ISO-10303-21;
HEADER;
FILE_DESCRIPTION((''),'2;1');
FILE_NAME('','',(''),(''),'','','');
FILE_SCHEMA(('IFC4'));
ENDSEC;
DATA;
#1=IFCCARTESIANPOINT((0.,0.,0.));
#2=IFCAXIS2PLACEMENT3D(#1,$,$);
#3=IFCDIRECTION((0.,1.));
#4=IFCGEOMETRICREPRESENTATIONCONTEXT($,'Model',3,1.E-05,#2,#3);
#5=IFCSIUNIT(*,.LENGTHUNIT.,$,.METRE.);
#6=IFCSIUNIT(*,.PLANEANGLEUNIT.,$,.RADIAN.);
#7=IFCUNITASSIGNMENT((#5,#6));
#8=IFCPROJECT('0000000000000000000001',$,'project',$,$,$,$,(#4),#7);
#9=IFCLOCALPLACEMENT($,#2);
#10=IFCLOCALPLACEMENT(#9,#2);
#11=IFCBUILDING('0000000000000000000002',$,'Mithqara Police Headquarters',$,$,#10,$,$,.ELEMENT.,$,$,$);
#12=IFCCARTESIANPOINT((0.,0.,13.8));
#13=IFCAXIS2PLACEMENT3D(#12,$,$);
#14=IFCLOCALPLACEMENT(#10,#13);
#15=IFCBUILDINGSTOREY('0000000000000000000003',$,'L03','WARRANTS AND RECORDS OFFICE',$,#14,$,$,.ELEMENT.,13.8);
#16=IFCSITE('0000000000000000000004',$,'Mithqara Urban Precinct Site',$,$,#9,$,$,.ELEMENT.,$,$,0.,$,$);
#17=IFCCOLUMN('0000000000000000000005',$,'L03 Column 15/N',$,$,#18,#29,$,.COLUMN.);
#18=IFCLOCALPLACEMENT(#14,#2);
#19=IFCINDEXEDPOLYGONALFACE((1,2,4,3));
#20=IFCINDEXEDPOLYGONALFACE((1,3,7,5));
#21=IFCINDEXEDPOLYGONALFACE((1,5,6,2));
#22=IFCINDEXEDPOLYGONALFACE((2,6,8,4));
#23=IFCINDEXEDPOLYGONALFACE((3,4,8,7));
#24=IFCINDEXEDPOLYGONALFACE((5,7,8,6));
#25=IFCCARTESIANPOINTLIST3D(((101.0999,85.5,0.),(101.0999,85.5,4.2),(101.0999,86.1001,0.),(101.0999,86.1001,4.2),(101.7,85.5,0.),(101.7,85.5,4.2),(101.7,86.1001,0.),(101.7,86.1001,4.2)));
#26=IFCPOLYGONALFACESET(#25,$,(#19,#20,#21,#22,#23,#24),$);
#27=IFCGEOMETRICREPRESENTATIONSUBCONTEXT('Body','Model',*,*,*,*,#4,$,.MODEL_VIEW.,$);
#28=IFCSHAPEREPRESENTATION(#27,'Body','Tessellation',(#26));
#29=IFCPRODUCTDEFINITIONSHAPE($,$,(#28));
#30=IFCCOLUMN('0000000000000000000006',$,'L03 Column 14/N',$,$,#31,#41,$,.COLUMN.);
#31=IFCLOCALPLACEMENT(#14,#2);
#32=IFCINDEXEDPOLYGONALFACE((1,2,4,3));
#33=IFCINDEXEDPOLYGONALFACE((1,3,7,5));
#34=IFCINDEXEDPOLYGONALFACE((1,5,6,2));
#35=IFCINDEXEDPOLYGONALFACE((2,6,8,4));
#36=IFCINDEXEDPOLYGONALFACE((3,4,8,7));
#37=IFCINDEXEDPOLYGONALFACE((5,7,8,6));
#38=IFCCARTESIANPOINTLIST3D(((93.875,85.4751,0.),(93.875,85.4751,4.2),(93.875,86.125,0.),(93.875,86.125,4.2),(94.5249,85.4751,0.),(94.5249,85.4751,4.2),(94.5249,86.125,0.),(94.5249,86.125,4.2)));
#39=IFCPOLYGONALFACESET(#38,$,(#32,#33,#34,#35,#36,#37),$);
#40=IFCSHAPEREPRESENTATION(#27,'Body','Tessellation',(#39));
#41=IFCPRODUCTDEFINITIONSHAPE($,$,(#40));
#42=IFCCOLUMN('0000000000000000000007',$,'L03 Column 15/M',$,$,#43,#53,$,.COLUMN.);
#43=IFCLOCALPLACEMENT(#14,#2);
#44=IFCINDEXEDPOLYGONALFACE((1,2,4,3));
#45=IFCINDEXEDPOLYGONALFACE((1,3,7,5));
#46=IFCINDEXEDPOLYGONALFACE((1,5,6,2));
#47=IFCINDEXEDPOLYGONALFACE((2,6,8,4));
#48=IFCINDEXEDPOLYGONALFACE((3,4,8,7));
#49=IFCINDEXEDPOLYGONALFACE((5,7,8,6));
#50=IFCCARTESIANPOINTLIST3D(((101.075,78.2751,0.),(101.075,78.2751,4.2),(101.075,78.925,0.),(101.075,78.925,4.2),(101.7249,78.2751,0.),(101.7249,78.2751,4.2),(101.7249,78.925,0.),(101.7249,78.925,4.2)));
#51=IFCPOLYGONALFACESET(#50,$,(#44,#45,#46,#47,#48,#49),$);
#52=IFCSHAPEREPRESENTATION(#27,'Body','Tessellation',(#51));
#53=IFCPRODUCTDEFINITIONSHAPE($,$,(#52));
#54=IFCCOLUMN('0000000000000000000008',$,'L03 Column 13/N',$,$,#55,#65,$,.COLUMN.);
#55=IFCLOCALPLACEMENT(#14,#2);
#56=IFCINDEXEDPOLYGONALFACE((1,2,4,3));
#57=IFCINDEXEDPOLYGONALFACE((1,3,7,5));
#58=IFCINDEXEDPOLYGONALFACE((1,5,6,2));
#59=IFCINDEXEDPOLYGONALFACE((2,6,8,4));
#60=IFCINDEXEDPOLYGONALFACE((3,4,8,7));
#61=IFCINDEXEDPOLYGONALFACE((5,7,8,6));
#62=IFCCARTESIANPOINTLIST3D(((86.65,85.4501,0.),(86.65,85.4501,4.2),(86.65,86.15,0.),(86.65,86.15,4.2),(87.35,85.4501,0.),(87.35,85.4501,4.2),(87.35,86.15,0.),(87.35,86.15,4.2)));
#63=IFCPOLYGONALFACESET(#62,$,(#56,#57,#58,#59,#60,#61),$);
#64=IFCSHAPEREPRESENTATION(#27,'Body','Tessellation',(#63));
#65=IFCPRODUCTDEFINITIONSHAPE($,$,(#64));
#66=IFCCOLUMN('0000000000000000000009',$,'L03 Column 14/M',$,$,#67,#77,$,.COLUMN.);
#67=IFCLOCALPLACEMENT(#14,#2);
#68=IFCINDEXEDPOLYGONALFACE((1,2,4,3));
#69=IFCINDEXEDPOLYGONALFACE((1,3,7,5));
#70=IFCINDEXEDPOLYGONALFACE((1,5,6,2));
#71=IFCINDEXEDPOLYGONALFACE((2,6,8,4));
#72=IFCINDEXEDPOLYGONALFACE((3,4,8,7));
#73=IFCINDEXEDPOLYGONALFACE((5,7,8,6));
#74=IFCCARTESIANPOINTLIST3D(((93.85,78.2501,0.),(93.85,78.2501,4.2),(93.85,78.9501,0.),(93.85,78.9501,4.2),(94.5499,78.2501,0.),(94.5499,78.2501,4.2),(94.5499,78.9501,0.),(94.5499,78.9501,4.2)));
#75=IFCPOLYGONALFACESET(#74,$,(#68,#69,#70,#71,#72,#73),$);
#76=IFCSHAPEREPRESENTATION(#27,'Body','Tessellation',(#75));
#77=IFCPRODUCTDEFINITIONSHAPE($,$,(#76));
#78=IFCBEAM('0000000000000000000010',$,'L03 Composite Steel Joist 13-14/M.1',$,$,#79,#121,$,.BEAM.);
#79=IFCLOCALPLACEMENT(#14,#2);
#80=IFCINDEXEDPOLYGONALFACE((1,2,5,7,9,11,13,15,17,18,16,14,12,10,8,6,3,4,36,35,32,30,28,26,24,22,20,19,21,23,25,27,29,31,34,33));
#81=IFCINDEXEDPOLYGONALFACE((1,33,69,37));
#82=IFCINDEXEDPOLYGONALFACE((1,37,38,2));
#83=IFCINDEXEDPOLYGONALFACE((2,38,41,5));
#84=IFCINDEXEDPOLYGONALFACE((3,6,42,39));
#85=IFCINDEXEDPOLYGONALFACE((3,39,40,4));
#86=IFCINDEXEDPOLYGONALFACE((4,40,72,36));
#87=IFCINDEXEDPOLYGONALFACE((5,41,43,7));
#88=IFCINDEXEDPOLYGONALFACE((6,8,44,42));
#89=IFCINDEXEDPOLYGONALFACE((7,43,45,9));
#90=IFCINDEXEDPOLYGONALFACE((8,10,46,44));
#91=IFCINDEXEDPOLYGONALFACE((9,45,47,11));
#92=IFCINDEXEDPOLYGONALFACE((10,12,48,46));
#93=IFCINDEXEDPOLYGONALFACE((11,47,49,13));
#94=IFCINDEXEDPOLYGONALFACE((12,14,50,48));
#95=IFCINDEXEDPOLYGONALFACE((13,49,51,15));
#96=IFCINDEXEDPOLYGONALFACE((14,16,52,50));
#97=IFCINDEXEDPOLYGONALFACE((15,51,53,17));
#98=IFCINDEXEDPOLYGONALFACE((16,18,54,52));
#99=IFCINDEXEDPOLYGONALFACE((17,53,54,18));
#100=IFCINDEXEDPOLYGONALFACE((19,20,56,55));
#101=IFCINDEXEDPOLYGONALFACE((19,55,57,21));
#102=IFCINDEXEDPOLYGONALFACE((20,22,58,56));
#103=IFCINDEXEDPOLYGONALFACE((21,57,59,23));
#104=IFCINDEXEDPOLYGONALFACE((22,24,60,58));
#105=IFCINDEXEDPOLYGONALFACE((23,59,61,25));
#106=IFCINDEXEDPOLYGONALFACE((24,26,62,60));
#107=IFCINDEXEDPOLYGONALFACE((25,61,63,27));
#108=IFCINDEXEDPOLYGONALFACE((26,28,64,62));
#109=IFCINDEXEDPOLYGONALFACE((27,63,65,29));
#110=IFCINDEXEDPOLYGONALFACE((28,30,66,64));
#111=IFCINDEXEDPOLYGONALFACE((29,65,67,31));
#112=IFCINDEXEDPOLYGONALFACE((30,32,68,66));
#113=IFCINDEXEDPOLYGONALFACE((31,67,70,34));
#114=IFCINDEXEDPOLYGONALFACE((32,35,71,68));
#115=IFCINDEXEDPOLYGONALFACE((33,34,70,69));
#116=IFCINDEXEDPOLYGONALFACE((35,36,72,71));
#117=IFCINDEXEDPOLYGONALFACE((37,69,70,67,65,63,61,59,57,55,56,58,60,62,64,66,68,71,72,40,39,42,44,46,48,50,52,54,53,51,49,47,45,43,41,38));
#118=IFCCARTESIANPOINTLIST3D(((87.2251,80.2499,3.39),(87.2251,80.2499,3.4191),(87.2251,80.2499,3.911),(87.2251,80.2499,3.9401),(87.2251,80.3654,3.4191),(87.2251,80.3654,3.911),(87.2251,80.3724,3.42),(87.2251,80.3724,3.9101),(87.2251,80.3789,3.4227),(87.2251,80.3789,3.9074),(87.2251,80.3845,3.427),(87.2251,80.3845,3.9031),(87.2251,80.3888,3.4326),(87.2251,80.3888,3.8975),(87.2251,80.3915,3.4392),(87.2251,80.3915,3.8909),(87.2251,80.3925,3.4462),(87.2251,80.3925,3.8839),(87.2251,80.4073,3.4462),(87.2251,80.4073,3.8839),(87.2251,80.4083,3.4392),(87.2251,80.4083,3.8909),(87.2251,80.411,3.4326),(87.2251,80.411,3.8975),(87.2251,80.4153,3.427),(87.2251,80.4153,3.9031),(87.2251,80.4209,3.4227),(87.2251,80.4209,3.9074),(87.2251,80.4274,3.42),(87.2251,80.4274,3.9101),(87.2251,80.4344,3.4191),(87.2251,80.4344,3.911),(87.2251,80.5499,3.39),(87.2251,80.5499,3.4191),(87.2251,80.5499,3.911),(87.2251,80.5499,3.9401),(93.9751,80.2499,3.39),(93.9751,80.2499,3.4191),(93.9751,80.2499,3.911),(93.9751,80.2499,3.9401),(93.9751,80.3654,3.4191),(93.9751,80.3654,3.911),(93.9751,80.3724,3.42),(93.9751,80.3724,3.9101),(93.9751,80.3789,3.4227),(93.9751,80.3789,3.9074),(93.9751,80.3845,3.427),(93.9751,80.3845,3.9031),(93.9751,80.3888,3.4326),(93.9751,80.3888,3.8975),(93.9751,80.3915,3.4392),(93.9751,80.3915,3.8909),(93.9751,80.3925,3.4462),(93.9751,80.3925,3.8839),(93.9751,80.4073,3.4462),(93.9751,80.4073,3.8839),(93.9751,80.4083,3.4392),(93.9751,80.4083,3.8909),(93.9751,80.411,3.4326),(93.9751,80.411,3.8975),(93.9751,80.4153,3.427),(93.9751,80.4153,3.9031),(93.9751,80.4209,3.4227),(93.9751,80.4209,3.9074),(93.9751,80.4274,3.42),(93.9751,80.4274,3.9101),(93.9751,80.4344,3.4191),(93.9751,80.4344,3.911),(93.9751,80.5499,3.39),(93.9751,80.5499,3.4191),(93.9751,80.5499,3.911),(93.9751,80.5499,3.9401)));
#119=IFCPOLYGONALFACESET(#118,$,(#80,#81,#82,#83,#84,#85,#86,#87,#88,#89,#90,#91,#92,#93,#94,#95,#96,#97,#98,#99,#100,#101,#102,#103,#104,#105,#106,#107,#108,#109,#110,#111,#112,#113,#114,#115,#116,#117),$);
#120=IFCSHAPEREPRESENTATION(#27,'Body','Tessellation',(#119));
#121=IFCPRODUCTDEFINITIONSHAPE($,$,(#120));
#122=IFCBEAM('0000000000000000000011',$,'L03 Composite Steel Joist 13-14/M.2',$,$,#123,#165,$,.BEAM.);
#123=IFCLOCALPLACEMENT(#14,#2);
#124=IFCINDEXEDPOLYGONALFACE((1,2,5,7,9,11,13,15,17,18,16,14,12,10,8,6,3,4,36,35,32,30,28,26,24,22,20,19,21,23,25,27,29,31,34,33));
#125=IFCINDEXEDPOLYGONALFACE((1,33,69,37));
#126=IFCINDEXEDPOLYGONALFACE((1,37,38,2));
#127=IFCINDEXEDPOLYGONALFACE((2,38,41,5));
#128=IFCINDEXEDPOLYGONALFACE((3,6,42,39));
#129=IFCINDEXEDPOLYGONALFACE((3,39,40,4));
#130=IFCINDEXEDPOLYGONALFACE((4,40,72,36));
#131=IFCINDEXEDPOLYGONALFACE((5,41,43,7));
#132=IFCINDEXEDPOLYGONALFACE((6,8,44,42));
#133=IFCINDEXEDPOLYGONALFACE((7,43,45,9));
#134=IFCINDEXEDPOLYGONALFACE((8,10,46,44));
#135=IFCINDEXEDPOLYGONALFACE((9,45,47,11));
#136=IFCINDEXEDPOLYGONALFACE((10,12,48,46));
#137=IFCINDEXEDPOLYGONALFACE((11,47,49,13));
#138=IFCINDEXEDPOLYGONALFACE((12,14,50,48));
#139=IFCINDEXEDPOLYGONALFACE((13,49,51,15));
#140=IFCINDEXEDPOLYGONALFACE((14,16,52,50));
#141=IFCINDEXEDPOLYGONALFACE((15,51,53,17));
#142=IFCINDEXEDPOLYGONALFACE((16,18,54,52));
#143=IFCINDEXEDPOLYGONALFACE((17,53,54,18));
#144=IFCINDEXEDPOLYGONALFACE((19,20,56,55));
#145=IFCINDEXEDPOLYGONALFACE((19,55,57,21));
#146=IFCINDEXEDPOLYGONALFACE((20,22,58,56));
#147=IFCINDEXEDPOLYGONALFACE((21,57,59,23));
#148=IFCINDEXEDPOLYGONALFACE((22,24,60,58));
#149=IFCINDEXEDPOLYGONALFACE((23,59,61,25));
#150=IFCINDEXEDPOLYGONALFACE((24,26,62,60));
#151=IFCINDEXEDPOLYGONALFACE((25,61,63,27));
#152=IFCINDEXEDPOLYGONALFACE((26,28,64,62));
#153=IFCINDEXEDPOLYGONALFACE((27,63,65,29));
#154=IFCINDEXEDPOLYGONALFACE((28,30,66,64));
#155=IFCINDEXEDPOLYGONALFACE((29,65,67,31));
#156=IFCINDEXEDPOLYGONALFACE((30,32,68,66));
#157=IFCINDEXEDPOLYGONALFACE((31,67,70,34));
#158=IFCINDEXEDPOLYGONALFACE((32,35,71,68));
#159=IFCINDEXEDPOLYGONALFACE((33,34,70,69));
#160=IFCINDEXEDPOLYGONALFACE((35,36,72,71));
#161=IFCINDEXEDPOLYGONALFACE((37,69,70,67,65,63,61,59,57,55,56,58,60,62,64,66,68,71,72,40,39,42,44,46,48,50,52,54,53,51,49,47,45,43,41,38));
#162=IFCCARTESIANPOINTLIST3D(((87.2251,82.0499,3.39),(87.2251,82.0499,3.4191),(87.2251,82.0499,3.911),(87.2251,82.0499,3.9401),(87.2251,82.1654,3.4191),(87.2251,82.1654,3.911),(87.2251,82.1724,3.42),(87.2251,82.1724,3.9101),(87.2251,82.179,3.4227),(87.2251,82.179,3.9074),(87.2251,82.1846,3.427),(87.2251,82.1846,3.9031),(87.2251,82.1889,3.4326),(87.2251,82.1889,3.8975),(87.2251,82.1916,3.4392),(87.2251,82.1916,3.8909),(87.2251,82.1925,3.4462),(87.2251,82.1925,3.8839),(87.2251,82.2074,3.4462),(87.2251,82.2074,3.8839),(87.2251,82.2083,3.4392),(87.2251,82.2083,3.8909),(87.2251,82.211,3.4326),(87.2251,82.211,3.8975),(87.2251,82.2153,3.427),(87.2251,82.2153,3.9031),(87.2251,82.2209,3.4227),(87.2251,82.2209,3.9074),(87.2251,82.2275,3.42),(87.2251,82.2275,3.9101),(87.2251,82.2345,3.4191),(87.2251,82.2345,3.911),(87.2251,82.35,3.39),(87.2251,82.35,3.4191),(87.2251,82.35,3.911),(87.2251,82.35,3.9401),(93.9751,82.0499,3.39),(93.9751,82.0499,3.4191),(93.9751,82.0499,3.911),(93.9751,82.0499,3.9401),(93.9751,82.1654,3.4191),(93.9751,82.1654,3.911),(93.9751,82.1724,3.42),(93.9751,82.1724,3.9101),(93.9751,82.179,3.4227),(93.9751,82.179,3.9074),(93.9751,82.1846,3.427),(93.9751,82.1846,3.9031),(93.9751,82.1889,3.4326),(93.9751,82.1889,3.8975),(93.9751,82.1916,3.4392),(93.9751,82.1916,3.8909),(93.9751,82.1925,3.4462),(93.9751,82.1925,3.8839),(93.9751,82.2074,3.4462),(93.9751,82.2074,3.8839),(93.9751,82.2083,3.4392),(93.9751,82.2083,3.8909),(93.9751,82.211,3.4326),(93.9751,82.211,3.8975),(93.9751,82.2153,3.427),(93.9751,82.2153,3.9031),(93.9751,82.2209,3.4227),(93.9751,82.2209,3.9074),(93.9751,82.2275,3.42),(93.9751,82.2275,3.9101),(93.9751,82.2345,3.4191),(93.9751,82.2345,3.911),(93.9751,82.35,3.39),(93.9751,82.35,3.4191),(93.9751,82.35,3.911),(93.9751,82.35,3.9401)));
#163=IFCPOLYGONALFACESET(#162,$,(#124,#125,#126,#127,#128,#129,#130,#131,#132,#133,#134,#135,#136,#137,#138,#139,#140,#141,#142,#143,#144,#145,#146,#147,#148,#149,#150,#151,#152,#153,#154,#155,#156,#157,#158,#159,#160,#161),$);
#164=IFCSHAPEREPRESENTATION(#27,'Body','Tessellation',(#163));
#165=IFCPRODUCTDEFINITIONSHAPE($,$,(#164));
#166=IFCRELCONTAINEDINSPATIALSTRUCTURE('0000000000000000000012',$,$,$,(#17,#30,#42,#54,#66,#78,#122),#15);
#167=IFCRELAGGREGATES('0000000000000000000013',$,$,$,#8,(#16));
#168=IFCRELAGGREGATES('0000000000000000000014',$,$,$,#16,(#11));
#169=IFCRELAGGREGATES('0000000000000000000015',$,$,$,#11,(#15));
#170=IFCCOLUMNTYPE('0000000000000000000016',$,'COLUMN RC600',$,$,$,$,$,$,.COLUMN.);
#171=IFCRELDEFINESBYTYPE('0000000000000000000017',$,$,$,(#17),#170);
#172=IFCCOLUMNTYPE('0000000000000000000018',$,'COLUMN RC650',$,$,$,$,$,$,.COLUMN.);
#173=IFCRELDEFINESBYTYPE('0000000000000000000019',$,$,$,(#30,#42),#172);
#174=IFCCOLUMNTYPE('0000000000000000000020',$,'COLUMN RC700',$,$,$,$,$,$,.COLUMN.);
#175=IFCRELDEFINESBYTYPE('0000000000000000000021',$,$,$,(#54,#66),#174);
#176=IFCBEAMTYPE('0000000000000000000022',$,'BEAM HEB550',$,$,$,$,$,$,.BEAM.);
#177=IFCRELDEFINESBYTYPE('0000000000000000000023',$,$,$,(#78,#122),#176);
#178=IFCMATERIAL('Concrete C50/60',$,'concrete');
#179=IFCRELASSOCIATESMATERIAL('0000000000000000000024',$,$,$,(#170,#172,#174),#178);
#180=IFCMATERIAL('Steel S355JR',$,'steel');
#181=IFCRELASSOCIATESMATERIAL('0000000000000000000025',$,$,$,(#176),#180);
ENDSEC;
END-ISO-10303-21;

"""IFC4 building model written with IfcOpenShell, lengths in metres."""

from ifc_helpers import new_model, si_unit, direction, frame, origin, origin_2d, place, context, subcontext, project, spatial, rectangle, i_section, extrude, material, material_profile, profile_set, type_object, element, save


model = new_model("IFC4")

# Units and contexts
model_context = context("Model", 3, precision=1e-05, world=origin(), true_north=direction((0.0, 1.0)))
body_context = subcontext(model_context, "Body", "Model", "MODEL_VIEW")
ifc_project = project(units=[si_unit("LENGTHUNIT", "METRE"), si_unit("PLANEANGLEUNIT", "RADIAN")], contexts=[model_context])

# Site, building, storey
site_placement = place(None, origin())
site = spatial("IfcSite", under=ifc_project, at=site_placement, Name="Mithqara Urban Precinct Site", CompositionType="ELEMENT", RefElevation=0.0)
building_placement = place(site_placement, origin())
building = spatial("IfcBuilding", under=site, at=building_placement, Name="Mithqara Police Headquarters", CompositionType="ELEMENT")
storey_placement = place(building_placement, frame((0.0, 0.0, 13.8)))
storey = spatial("IfcBuildingStorey", under=building, at=storey_placement, Name="L03", Description="WARRANTS AND RECORDS OFFICE", CompositionType="ELEMENT", Elevation=13.8)

# Columns
ifc_material_1 = material(Name="Concrete C50/60", Category="concrete")
ifc_material_profile_1 = material_profile(ifc_material_1, rectangle(XDim=0.6001, YDim=0.6001, at=origin_2d()), Name="RC 600x600")
ifc_profile_set_1 = profile_set([ifc_material_profile_1], Name="Concrete C50/60")
column_type_1 = type_object("IfcColumnType", Name="COLUMN RC600", PredefinedType="COLUMN", material=ifc_profile_set_1)
column_placement = place(storey_placement, frame((101.3999, 85.8, 0.0), z_axis=(0.0, 0.0, 1.0), x_axis=(1.0, 0.0, 0.0)))
element("IfcColumn", 1, at=column_placement, inside=storey, type_object=column_type_1, Name="L03 Column 15/N", PredefinedType="COLUMN", context=body_context, shape_type="SweptSolid", body=[
    extrude(rectangle(XDim=0.6001, YDim=0.6001, at=origin_2d()), origin(), (0.0, 0.0, 1.0), 4.2),
])
ifc_material_profile_2 = material_profile(ifc_material_1, rectangle(XDim=0.6499, YDim=0.6499, at=origin_2d()), Name="RC 650x650")
ifc_profile_set_2 = profile_set([ifc_material_profile_2], Name="Concrete C50/60")
column_type_2 = type_object("IfcColumnType", Name="COLUMN RC650", PredefinedType="COLUMN", material=ifc_profile_set_2)
for number, where, z_axis, x_axis, name in (
    (2, (94.2, 85.8, 0.0), (0.0, 0.0, 1.0), (1.0, 0.0, 0.0), "L03 Column 14/N"),
    (3, (101.3999, 78.6001, 0.0), (0.0, 0.0, 1.0), (1.0, 0.0, 0.0), "L03 Column 15/M"),
):
    element("IfcColumn", number, at=place(storey_placement, frame(where, z_axis=z_axis, x_axis=x_axis)), inside=storey, type_object=column_type_2, Name=name, PredefinedType="COLUMN", context=body_context, shape_type="SweptSolid", body=[
        extrude(rectangle(XDim=0.6499, YDim=0.6499, at=origin_2d()), origin(), (0.0, 0.0, 1.0), 4.2),
    ])
ifc_material_profile_3 = material_profile(ifc_material_1, rectangle(XDim=0.7, YDim=0.7, at=origin_2d()), Name="RC 700x700")
ifc_profile_set_3 = profile_set([ifc_material_profile_3], Name="Concrete C50/60")
column_type_3 = type_object("IfcColumnType", Name="COLUMN RC700", PredefinedType="COLUMN", material=ifc_profile_set_3)
for number, where, z_axis, x_axis, name in (
    (4, (87.0, 85.8, 0.0), (0.0, 0.0, 1.0), (1.0, 0.0, 0.0), "L03 Column 13/N"),
    (5, (94.2, 78.6001, 0.0), (0.0, 0.0, 1.0), (1.0, 0.0, 0.0), "L03 Column 14/M"),
):
    element("IfcColumn", number, at=place(storey_placement, frame(where, z_axis=z_axis, x_axis=x_axis)), inside=storey, type_object=column_type_3, Name=name, PredefinedType="COLUMN", context=body_context, shape_type="SweptSolid", body=[
        extrude(rectangle(XDim=0.7, YDim=0.7, at=origin_2d()), origin(), (0.0, 0.0, 1.0), 4.2),
    ])

# Beams
ifc_material_2 = material(Name="Steel S355JR", Category="steel")
ifc_material_profile_4 = material_profile(ifc_material_2, i_section(OverallWidth=0.3, OverallDepth=0.55, WebThickness=0.0149, FlangeThickness=0.0291, FilletRadius=0.0271, at=origin_2d()), Name="HEB 550")
ifc_profile_set_4 = profile_set([ifc_material_profile_4], Name="Steel S355JR")
beam_type_1 = type_object("IfcBeamType", Name="BEAM HEB550", PredefinedType="BEAM", material=ifc_profile_set_4)
for number, where, z_axis, x_axis, name in (
    (6, (87.2251, 80.3999, 3.665), (1.0, 0.0, 0.0), (0.0, 1.0, 0.0), "L03 Composite Steel Joist 13-14/M.1"),
    (7, (87.2251, 82.2, 3.665), (1.0, 0.0, 0.0), (0.0, 1.0, 0.0), "L03 Composite Steel Joist 13-14/M.2"),
):
    element("IfcBeam", number, at=place(storey_placement, frame(where, z_axis=z_axis, x_axis=x_axis)), inside=storey, type_object=beam_type_1, Name=name, PredefinedType="BEAM", context=body_context, shape_type="SweptSolid", body=[
        extrude(i_section(OverallWidth=0.3, OverallDepth=0.55, WebThickness=0.0149, FlangeThickness=0.0291, FilletRadius=0.0271, at=origin_2d()), origin(), (0.0, 0.0, 1.0), 6.75),
    ])

save(model, "model.ifc")
